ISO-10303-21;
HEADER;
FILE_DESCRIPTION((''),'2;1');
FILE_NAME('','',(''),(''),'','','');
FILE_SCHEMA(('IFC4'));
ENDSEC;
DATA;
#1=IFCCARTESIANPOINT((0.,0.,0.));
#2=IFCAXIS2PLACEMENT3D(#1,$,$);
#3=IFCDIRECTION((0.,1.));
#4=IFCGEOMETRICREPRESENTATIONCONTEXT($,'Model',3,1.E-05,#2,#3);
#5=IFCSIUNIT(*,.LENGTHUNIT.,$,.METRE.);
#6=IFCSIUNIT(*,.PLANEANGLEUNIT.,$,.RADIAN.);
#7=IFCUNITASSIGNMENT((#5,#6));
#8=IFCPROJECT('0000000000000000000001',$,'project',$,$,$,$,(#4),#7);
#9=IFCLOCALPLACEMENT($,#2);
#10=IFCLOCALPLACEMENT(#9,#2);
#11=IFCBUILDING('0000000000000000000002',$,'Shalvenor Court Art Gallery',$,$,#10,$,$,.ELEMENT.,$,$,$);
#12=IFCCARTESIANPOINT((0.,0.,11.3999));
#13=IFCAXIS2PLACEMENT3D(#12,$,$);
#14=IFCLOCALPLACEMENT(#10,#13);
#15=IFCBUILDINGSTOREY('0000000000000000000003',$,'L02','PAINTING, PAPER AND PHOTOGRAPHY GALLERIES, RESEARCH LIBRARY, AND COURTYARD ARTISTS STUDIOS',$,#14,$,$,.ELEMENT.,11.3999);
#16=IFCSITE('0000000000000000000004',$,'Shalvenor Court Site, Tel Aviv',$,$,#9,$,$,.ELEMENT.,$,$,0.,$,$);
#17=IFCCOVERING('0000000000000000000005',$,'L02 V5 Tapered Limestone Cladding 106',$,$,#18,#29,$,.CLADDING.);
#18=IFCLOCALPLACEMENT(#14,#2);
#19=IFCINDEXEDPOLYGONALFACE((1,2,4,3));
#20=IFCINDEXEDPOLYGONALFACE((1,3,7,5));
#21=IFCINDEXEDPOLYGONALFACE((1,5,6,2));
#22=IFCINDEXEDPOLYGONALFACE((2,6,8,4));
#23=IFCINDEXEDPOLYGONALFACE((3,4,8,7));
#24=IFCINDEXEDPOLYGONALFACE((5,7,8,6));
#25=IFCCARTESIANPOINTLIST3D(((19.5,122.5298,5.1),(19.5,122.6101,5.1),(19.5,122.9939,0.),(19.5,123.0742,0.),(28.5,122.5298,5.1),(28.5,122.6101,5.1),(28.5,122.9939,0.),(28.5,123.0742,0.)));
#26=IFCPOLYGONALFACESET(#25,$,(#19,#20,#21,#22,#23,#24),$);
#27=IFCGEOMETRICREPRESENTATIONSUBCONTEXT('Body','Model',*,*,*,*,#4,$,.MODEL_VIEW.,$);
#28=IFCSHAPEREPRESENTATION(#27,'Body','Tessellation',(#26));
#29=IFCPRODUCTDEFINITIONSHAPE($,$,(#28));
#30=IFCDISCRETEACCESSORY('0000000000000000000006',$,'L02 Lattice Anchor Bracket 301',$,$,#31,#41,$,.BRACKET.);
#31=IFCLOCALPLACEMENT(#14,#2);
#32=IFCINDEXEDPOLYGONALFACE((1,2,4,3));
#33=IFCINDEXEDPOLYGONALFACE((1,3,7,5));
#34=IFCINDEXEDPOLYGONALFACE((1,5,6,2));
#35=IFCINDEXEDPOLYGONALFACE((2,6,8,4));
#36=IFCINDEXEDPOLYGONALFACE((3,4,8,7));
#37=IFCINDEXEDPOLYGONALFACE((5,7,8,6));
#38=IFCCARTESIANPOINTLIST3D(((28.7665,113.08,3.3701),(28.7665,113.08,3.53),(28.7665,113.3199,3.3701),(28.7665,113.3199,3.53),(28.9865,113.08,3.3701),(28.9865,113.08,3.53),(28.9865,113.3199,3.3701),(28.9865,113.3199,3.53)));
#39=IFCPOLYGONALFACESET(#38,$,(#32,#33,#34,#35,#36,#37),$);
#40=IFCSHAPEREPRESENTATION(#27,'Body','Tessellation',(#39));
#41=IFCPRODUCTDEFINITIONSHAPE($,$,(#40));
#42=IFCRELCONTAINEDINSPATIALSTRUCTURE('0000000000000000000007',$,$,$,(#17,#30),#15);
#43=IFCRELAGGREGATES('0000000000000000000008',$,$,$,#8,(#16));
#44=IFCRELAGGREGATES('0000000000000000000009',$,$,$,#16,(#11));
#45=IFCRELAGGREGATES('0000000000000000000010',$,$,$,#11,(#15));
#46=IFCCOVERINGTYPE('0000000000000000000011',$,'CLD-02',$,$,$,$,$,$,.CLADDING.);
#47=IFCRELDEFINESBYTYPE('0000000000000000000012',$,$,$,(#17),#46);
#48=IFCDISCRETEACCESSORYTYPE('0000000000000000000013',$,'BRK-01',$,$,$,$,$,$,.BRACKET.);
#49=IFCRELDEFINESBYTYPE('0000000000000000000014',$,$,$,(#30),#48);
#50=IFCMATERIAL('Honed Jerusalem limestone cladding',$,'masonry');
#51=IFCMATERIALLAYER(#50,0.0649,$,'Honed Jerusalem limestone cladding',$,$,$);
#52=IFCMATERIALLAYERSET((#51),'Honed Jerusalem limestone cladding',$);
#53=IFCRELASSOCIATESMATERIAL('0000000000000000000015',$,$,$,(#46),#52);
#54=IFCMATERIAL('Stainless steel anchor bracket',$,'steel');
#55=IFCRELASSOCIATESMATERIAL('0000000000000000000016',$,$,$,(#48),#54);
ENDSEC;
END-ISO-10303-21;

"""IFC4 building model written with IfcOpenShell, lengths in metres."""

from ifc_helpers import new_model, si_unit, direction, frame, origin, origin_2d, place, context, subcontext, project, spatial, polyline, rectangle, outline, extrude, material, layer, layer_set, type_object, element, save


model = new_model("IFC4")

# Units and contexts
model_context = context("Model", 3, precision=1e-05, world=origin(), true_north=direction((0.0, 1.0)))
body_context = subcontext(model_context, "Body", "Model", "MODEL_VIEW")
ifc_project = project(units=[si_unit("LENGTHUNIT", "METRE"), si_unit("PLANEANGLEUNIT", "RADIAN")], contexts=[model_context])

# Site, building, storey
site_placement = place(None, origin())
site = spatial("IfcSite", under=ifc_project, at=site_placement, Name="Shalvenor Court Site, Tel Aviv", CompositionType="ELEMENT", RefElevation=0.0)
building_placement = place(site_placement, origin())
building = spatial("IfcBuilding", under=site, at=building_placement, Name="Shalvenor Court Art Gallery", CompositionType="ELEMENT")
storey_placement = place(building_placement, frame((0.0, 0.0, 11.3999)))
storey = spatial("IfcBuildingStorey", under=building, at=storey_placement, Name="L02", Description="PAINTING, PAPER AND PHOTOGRAPHY GALLERIES, RESEARCH LIBRARY, AND COURTYARD ARTISTS STUDIOS", CompositionType="ELEMENT", Elevation=11.3999)

# Covering
ifc_material_1 = material(Name="Honed Jerusalem limestone cladding", Category="masonry")
ifc_layer_1 = layer(ifc_material_1, 0.0649, Name="Honed Jerusalem limestone cladding")
ifc_layer_set_1 = layer_set([ifc_layer_1], Name="Honed Jerusalem limestone cladding")
covering_type = type_object("IfcCoveringType", Name="CLD-02", PredefinedType="CLADDING", material=ifc_layer_set_1)
covering_placement = place(storey_placement, frame((28.5, 123.0742, 0.0), z_axis=(0.0, 0.0, 1.0), x_axis=(-1.0, 0.0, 0.0)))
element("IfcCovering", 1, at=covering_placement, inside=storey, type_object=covering_type, Name="L02 V5 Tapered Limestone Cladding 106", PredefinedType="CLADDING", context=body_context, shape_type="SweptSolid", body=[
    extrude(outline(polyline([(0.0, 0.0), (9.0, 0.0), (9.0, 5.1211), (0.0, 5.1211), (0.0, 0.0)])), frame((0.0, 0.0, 0.0), z_axis=(0.0, -0.995884, 0.090633), x_axis=(1.0, 0.0, 0.0)), (0.0, 0.090633, -0.995884), 0.0803),
])

# Discrete accessory
ifc_material_2 = material(Name="Stainless steel anchor bracket", Category="steel")
discrete_accessory_type = type_object("IfcDiscreteAccessoryType", Name="BRK-01", PredefinedType="BRACKET", material=ifc_material_2)
discrete_accessory_placement = place(storey_placement, frame((28.8765, 113.2, 3.3701), z_axis=(0.0, 0.0, 1.0), x_axis=(0.0, -1.0, 0.0)))
element("IfcDiscreteAccessory", 2, at=discrete_accessory_placement, inside=storey, type_object=discrete_accessory_type, Name="L02 Lattice Anchor Bracket 301", PredefinedType="BRACKET", context=body_context, shape_type="SweptSolid", body=[
    extrude(rectangle(XDim=0.24, YDim=0.22, at=origin_2d()), origin(), (0.0, 0.0, 1.0), 0.1599),
])

save(model, "model.ifc")
